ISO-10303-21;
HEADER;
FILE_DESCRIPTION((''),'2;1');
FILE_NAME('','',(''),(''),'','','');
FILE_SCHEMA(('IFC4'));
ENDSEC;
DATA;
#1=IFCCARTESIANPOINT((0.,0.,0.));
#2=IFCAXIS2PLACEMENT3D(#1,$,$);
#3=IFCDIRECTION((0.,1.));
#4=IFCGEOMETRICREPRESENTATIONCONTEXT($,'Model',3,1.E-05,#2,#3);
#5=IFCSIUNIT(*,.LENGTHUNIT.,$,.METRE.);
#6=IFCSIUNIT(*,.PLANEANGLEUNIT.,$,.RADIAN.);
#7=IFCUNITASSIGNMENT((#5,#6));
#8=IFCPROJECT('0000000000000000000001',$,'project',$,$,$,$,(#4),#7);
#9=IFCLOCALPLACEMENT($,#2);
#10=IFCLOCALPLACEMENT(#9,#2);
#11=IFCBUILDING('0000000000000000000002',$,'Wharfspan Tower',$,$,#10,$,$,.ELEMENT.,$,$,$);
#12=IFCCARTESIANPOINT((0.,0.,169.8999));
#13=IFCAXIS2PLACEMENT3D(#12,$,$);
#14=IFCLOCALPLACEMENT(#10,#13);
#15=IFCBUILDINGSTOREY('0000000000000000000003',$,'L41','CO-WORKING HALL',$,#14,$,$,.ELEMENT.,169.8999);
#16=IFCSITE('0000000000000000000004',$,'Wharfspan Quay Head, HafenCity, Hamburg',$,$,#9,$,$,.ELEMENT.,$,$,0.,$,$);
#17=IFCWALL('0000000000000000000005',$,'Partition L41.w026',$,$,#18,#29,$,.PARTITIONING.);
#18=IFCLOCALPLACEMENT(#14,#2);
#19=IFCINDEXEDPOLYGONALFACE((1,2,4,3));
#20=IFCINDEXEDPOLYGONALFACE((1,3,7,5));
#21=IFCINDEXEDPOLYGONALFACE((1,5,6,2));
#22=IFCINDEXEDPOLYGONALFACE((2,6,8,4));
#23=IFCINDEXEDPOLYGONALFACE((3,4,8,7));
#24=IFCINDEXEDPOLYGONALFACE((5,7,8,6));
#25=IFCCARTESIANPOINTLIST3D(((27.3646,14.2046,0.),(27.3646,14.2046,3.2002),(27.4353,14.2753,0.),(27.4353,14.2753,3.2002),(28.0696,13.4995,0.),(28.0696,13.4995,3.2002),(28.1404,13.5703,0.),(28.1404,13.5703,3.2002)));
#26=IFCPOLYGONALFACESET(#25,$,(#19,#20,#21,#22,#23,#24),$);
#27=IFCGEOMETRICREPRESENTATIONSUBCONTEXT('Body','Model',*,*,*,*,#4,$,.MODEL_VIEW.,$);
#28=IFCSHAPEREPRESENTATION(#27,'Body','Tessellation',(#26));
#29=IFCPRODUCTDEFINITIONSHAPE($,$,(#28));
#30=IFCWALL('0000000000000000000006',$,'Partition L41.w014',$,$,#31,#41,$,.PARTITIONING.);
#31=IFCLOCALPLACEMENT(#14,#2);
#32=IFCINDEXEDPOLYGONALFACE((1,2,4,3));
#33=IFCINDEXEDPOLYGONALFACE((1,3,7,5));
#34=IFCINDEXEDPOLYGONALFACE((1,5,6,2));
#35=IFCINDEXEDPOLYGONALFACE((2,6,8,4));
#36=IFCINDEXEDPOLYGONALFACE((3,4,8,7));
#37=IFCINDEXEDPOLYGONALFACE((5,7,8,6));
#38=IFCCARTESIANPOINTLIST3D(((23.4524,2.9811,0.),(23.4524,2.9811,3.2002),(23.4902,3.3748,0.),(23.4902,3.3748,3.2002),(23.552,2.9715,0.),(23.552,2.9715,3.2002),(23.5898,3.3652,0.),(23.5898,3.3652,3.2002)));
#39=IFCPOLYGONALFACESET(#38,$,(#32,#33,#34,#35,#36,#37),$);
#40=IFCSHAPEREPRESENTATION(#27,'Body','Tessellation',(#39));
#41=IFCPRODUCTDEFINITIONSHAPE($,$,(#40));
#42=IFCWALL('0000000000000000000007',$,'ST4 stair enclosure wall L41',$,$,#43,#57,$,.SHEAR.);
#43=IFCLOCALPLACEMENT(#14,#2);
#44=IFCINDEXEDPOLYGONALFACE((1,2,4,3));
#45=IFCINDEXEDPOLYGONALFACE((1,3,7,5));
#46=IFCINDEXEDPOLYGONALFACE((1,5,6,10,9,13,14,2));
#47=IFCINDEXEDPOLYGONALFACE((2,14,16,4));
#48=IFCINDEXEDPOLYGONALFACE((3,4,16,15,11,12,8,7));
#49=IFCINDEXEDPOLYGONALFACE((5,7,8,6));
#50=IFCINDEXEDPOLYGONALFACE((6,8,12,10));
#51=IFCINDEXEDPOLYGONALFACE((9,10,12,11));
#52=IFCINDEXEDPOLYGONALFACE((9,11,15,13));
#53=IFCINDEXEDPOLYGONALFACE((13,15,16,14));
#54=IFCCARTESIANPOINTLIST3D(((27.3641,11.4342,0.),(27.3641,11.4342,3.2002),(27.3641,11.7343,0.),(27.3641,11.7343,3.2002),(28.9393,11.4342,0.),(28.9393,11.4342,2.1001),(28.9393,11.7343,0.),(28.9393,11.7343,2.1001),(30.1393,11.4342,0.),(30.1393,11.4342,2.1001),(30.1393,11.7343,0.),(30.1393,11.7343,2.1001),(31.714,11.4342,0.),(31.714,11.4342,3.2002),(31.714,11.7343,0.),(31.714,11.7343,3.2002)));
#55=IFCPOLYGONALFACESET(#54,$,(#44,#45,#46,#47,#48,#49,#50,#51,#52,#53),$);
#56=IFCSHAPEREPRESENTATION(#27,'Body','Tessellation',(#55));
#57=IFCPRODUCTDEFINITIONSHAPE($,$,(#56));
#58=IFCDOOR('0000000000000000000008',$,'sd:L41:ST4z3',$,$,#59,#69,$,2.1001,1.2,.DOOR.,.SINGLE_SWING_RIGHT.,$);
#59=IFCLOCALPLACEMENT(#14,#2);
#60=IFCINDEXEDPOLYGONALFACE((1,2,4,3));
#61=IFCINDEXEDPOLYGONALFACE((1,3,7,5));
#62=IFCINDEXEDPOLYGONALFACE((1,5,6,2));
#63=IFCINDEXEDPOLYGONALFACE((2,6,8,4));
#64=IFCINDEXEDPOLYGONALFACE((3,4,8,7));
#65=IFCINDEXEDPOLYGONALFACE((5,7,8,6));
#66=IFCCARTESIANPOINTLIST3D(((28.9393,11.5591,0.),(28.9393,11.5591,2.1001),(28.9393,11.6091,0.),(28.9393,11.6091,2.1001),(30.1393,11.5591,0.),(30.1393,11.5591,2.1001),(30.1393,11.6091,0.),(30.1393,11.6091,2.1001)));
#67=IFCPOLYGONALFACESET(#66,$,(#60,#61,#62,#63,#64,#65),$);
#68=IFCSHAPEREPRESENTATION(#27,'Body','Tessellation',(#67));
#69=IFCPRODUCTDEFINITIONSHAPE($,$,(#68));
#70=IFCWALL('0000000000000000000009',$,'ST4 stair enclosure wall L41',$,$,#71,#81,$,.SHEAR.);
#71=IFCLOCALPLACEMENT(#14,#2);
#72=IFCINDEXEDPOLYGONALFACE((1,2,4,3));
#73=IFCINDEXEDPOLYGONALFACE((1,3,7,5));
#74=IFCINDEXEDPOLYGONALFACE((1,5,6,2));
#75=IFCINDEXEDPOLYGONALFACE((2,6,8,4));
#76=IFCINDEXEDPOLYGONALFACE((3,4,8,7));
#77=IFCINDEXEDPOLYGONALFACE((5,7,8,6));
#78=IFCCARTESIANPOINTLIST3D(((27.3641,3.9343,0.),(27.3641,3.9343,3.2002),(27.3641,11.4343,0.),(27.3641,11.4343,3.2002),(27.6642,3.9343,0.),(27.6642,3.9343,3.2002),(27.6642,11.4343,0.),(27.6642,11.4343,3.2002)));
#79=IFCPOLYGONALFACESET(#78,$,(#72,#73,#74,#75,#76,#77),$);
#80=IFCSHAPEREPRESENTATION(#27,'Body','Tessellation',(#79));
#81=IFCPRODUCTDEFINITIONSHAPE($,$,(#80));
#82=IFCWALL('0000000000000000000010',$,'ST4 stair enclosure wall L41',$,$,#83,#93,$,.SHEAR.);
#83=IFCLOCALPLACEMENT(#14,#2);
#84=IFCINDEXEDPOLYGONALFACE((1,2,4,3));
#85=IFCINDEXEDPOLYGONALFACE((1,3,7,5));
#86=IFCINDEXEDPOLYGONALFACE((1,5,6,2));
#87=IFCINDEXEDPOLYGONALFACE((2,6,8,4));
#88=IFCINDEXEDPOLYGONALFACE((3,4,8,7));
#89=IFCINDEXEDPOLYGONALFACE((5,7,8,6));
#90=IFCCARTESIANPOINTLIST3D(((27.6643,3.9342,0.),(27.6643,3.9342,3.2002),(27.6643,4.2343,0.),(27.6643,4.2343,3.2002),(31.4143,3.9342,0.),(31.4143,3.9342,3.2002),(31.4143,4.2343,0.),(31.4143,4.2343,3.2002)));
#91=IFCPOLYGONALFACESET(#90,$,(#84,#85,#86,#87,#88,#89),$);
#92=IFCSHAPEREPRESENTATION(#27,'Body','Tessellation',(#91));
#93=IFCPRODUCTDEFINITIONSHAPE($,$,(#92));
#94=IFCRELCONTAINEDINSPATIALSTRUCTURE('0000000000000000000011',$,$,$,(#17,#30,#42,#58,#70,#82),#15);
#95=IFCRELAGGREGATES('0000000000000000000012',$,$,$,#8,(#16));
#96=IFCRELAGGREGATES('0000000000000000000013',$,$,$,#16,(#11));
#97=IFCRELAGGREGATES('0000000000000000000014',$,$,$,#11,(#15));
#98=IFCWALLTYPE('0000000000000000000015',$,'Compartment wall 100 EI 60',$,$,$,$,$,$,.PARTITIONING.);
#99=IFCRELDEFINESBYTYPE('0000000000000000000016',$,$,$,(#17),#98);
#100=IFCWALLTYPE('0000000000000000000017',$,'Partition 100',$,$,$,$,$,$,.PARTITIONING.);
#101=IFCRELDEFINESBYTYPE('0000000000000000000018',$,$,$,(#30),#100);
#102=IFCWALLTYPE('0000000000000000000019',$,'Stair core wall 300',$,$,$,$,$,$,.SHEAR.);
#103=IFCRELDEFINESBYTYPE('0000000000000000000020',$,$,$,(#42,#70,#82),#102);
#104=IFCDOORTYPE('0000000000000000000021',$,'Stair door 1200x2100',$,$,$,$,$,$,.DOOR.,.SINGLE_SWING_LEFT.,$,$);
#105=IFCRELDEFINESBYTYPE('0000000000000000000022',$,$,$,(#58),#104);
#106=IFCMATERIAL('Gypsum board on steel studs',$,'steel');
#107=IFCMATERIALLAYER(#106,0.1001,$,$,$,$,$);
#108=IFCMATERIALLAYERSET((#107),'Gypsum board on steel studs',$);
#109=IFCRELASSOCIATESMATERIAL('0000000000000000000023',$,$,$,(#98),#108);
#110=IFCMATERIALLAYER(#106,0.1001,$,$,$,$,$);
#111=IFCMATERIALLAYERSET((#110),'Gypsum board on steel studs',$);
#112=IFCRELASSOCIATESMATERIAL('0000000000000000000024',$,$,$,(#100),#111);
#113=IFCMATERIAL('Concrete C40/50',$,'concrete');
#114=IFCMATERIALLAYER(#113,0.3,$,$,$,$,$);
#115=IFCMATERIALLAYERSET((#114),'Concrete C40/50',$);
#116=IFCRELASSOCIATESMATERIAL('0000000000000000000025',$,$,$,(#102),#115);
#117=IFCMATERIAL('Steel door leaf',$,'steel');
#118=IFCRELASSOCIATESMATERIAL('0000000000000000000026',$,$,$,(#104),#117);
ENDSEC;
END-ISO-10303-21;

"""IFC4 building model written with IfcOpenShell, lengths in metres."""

from ifc_helpers import new_model, si_unit, direction, frame, frame_2d, origin, place, context, subcontext, project, spatial, rectangle, extrude, material, layer, layer_set, type_object, element, fill, save


model = new_model("IFC4")

# Units and contexts
model_context = context("Model", 3, precision=1e-05, world=origin(), true_north=direction((0.0, 1.0)))
body_context = subcontext(model_context, "Body", "Model", "MODEL_VIEW")
ifc_project = project(units=[si_unit("LENGTHUNIT", "METRE"), si_unit("PLANEANGLEUNIT", "RADIAN")], contexts=[model_context])

# Site, building, storey
site_placement = place(None, origin())
site = spatial("IfcSite", under=ifc_project, at=site_placement, Name="Wharfspan Quay Head, HafenCity, Hamburg", CompositionType="ELEMENT", RefElevation=0.0)
building_placement = place(site_placement, origin())
building = spatial("IfcBuilding", under=site, at=building_placement, Name="Wharfspan Tower", CompositionType="ELEMENT")
storey_placement = place(building_placement, frame((0.0, 0.0, 169.8999)))
storey = spatial("IfcBuildingStorey", under=building, at=storey_placement, Name="L41", Description="CO-WORKING HALL", CompositionType="ELEMENT", Elevation=169.8999)

# Shared definitions
ifc_material_1 = material(Name="Gypsum board on steel studs", Category="steel")
ifc_layer_1 = layer(ifc_material_1, 0.1001)
ifc_layer_set_1 = layer_set([ifc_layer_1], Name="Gypsum board on steel studs")
wall_type_1 = type_object("IfcWallType", Name="Compartment wall 100 EI 60", PredefinedType="PARTITIONING", material=ifc_layer_set_1)

# Walls
wall_1_placement = place(storey_placement, frame((28.105, 13.5349, 0.0), z_axis=(0.0, 0.0, 1.0), x_axis=(-0.707107, 0.707107, 0.0)))
element("IfcWall", 1, at=wall_1_placement, inside=storey, type_object=wall_type_1, Name="Partition L41.w026", PredefinedType="PARTITIONING", context=body_context, shape_type="SweptSolid", body=[
    extrude(rectangle(XDim=0.9971, YDim=0.1001, at=frame_2d((0.4985, 0.0))), origin(), (0.0, 0.0, 1.0), 3.2002),
])
ifc_layer_2 = layer(ifc_material_1, 0.1001)
ifc_layer_set_2 = layer_set([ifc_layer_2], Name="Gypsum board on steel studs")
wall_type_2 = type_object("IfcWallType", Name="Partition 100", PredefinedType="PARTITIONING", material=ifc_layer_set_2)
wall_2_placement = place(storey_placement, frame((23.5022, 2.9763, 0.0), z_axis=(0.0, 0.0, 1.0), x_axis=(0.095654, 0.995419, 0.0)))
element("IfcWall", 2, at=wall_2_placement, inside=storey, type_object=wall_type_2, Name="Partition L41.w014", PredefinedType="PARTITIONING", context=body_context, shape_type="SweptSolid", body=[
    extrude(rectangle(XDim=0.3955, YDim=0.1001, at=frame_2d((0.1978, 0.0))), origin(), (0.0, 0.0, 1.0), 3.2002),
])

# Wall, opening, door
ifc_material_2 = material(Name="Concrete C40/50", Category="concrete")
ifc_layer_3 = layer(ifc_material_2, 0.3)
ifc_layer_set_3 = layer_set([ifc_layer_3], Name="Concrete C40/50")
wall_type_3 = type_object("IfcWallType", Name="Stair core wall 300", PredefinedType="SHEAR", material=ifc_layer_set_3)
wall_3_placement = place(storey_placement, frame((27.3643, 11.5842, 0.0), z_axis=(0.0, 0.0, 1.0), x_axis=(1.0, 0.0, 0.0)))
wall_3 = element("IfcWall", 3, at=wall_3_placement, inside=storey, type_object=wall_type_3, Name="ST4 stair enclosure wall L41", PredefinedType="SHEAR", context=body_context, shape_type="SweptSolid", body=[
    extrude(rectangle(XDim=4.3499, YDim=0.3, at=frame_2d((2.1748, 0.0))), origin(), (0.0, 0.0, 1.0), 3.2002),
])
opening_1_placement = place(wall_3_placement, frame((1.575, 0.0, 0.0)))
opening_1 = element("IfcOpeningElement", 4, at=opening_1_placement, cuts=wall_3, PredefinedType="OPENING", context=body_context, shape_type="SweptSolid", body=[
    extrude(rectangle(XDim=1.2, YDim=2.1001, at=frame_2d((0.6001, 1.05))), frame((0.0, 0.1599, 0.0), z_axis=(0.0, -1.0, 0.0), x_axis=(1.0, 0.0, 0.0)), (0.0, 0.0, 1.0), 0.3201),
])
ifc_material_3 = material(Name="Steel door leaf", Category="steel")
door_type_1 = type_object("IfcDoorType", Name="Stair door 1200x2100", OperationType="SINGLE_SWING_LEFT", PredefinedType="DOOR", material=ifc_material_3)
door_1_placement = place(opening_1_placement, origin())
door_1 = element("IfcDoor", 5, at=door_1_placement, inside=storey, type_object=door_type_1, Name="sd:L41:ST4z3", OperationType="SINGLE_SWING_RIGHT", OverallHeight=2.1001, OverallWidth=1.2, PredefinedType="DOOR", context=body_context, shape_type="SweptSolid", body=[
    extrude(rectangle(XDim=1.2, YDim=2.1001, at=frame_2d((0.6001, 1.05))), frame((0.0, 0.0249, 0.0), z_axis=(0.0, -1.0, 0.0), x_axis=(1.0, 0.0, 0.0)), (0.0, 0.0, 1.0), 0.05),
])
fill(opening_1, door_1)

# Walls
wall_4_placement = place(storey_placement, frame((27.5142, 3.9343, 0.0), z_axis=(0.0, 0.0, 1.0), x_axis=(0.0, 1.0, 0.0)))
element("IfcWall", 6, at=wall_4_placement, inside=storey, type_object=wall_type_3, Name="ST4 stair enclosure wall L41", PredefinedType="SHEAR", context=body_context, shape_type="SweptSolid", body=[
    extrude(rectangle(XDim=7.5, YDim=0.3, at=frame_2d((3.75, 0.0))), origin(), (0.0, 0.0, 1.0), 3.2002),
])
wall_5_placement = place(storey_placement, frame((27.6643, 4.0842, 0.0), z_axis=(0.0, 0.0, 1.0), x_axis=(1.0, 0.0, 0.0)))
element("IfcWall", 7, at=wall_5_placement, inside=storey, type_object=wall_type_3, Name="ST4 stair enclosure wall L41", PredefinedType="SHEAR", context=body_context, shape_type="SweptSolid", body=[
    extrude(rectangle(XDim=3.75, YDim=0.3, at=frame_2d((1.875, 0.0))), origin(), (0.0, 0.0, 1.0), 3.2002),
])

save(model, "model.ifc")
